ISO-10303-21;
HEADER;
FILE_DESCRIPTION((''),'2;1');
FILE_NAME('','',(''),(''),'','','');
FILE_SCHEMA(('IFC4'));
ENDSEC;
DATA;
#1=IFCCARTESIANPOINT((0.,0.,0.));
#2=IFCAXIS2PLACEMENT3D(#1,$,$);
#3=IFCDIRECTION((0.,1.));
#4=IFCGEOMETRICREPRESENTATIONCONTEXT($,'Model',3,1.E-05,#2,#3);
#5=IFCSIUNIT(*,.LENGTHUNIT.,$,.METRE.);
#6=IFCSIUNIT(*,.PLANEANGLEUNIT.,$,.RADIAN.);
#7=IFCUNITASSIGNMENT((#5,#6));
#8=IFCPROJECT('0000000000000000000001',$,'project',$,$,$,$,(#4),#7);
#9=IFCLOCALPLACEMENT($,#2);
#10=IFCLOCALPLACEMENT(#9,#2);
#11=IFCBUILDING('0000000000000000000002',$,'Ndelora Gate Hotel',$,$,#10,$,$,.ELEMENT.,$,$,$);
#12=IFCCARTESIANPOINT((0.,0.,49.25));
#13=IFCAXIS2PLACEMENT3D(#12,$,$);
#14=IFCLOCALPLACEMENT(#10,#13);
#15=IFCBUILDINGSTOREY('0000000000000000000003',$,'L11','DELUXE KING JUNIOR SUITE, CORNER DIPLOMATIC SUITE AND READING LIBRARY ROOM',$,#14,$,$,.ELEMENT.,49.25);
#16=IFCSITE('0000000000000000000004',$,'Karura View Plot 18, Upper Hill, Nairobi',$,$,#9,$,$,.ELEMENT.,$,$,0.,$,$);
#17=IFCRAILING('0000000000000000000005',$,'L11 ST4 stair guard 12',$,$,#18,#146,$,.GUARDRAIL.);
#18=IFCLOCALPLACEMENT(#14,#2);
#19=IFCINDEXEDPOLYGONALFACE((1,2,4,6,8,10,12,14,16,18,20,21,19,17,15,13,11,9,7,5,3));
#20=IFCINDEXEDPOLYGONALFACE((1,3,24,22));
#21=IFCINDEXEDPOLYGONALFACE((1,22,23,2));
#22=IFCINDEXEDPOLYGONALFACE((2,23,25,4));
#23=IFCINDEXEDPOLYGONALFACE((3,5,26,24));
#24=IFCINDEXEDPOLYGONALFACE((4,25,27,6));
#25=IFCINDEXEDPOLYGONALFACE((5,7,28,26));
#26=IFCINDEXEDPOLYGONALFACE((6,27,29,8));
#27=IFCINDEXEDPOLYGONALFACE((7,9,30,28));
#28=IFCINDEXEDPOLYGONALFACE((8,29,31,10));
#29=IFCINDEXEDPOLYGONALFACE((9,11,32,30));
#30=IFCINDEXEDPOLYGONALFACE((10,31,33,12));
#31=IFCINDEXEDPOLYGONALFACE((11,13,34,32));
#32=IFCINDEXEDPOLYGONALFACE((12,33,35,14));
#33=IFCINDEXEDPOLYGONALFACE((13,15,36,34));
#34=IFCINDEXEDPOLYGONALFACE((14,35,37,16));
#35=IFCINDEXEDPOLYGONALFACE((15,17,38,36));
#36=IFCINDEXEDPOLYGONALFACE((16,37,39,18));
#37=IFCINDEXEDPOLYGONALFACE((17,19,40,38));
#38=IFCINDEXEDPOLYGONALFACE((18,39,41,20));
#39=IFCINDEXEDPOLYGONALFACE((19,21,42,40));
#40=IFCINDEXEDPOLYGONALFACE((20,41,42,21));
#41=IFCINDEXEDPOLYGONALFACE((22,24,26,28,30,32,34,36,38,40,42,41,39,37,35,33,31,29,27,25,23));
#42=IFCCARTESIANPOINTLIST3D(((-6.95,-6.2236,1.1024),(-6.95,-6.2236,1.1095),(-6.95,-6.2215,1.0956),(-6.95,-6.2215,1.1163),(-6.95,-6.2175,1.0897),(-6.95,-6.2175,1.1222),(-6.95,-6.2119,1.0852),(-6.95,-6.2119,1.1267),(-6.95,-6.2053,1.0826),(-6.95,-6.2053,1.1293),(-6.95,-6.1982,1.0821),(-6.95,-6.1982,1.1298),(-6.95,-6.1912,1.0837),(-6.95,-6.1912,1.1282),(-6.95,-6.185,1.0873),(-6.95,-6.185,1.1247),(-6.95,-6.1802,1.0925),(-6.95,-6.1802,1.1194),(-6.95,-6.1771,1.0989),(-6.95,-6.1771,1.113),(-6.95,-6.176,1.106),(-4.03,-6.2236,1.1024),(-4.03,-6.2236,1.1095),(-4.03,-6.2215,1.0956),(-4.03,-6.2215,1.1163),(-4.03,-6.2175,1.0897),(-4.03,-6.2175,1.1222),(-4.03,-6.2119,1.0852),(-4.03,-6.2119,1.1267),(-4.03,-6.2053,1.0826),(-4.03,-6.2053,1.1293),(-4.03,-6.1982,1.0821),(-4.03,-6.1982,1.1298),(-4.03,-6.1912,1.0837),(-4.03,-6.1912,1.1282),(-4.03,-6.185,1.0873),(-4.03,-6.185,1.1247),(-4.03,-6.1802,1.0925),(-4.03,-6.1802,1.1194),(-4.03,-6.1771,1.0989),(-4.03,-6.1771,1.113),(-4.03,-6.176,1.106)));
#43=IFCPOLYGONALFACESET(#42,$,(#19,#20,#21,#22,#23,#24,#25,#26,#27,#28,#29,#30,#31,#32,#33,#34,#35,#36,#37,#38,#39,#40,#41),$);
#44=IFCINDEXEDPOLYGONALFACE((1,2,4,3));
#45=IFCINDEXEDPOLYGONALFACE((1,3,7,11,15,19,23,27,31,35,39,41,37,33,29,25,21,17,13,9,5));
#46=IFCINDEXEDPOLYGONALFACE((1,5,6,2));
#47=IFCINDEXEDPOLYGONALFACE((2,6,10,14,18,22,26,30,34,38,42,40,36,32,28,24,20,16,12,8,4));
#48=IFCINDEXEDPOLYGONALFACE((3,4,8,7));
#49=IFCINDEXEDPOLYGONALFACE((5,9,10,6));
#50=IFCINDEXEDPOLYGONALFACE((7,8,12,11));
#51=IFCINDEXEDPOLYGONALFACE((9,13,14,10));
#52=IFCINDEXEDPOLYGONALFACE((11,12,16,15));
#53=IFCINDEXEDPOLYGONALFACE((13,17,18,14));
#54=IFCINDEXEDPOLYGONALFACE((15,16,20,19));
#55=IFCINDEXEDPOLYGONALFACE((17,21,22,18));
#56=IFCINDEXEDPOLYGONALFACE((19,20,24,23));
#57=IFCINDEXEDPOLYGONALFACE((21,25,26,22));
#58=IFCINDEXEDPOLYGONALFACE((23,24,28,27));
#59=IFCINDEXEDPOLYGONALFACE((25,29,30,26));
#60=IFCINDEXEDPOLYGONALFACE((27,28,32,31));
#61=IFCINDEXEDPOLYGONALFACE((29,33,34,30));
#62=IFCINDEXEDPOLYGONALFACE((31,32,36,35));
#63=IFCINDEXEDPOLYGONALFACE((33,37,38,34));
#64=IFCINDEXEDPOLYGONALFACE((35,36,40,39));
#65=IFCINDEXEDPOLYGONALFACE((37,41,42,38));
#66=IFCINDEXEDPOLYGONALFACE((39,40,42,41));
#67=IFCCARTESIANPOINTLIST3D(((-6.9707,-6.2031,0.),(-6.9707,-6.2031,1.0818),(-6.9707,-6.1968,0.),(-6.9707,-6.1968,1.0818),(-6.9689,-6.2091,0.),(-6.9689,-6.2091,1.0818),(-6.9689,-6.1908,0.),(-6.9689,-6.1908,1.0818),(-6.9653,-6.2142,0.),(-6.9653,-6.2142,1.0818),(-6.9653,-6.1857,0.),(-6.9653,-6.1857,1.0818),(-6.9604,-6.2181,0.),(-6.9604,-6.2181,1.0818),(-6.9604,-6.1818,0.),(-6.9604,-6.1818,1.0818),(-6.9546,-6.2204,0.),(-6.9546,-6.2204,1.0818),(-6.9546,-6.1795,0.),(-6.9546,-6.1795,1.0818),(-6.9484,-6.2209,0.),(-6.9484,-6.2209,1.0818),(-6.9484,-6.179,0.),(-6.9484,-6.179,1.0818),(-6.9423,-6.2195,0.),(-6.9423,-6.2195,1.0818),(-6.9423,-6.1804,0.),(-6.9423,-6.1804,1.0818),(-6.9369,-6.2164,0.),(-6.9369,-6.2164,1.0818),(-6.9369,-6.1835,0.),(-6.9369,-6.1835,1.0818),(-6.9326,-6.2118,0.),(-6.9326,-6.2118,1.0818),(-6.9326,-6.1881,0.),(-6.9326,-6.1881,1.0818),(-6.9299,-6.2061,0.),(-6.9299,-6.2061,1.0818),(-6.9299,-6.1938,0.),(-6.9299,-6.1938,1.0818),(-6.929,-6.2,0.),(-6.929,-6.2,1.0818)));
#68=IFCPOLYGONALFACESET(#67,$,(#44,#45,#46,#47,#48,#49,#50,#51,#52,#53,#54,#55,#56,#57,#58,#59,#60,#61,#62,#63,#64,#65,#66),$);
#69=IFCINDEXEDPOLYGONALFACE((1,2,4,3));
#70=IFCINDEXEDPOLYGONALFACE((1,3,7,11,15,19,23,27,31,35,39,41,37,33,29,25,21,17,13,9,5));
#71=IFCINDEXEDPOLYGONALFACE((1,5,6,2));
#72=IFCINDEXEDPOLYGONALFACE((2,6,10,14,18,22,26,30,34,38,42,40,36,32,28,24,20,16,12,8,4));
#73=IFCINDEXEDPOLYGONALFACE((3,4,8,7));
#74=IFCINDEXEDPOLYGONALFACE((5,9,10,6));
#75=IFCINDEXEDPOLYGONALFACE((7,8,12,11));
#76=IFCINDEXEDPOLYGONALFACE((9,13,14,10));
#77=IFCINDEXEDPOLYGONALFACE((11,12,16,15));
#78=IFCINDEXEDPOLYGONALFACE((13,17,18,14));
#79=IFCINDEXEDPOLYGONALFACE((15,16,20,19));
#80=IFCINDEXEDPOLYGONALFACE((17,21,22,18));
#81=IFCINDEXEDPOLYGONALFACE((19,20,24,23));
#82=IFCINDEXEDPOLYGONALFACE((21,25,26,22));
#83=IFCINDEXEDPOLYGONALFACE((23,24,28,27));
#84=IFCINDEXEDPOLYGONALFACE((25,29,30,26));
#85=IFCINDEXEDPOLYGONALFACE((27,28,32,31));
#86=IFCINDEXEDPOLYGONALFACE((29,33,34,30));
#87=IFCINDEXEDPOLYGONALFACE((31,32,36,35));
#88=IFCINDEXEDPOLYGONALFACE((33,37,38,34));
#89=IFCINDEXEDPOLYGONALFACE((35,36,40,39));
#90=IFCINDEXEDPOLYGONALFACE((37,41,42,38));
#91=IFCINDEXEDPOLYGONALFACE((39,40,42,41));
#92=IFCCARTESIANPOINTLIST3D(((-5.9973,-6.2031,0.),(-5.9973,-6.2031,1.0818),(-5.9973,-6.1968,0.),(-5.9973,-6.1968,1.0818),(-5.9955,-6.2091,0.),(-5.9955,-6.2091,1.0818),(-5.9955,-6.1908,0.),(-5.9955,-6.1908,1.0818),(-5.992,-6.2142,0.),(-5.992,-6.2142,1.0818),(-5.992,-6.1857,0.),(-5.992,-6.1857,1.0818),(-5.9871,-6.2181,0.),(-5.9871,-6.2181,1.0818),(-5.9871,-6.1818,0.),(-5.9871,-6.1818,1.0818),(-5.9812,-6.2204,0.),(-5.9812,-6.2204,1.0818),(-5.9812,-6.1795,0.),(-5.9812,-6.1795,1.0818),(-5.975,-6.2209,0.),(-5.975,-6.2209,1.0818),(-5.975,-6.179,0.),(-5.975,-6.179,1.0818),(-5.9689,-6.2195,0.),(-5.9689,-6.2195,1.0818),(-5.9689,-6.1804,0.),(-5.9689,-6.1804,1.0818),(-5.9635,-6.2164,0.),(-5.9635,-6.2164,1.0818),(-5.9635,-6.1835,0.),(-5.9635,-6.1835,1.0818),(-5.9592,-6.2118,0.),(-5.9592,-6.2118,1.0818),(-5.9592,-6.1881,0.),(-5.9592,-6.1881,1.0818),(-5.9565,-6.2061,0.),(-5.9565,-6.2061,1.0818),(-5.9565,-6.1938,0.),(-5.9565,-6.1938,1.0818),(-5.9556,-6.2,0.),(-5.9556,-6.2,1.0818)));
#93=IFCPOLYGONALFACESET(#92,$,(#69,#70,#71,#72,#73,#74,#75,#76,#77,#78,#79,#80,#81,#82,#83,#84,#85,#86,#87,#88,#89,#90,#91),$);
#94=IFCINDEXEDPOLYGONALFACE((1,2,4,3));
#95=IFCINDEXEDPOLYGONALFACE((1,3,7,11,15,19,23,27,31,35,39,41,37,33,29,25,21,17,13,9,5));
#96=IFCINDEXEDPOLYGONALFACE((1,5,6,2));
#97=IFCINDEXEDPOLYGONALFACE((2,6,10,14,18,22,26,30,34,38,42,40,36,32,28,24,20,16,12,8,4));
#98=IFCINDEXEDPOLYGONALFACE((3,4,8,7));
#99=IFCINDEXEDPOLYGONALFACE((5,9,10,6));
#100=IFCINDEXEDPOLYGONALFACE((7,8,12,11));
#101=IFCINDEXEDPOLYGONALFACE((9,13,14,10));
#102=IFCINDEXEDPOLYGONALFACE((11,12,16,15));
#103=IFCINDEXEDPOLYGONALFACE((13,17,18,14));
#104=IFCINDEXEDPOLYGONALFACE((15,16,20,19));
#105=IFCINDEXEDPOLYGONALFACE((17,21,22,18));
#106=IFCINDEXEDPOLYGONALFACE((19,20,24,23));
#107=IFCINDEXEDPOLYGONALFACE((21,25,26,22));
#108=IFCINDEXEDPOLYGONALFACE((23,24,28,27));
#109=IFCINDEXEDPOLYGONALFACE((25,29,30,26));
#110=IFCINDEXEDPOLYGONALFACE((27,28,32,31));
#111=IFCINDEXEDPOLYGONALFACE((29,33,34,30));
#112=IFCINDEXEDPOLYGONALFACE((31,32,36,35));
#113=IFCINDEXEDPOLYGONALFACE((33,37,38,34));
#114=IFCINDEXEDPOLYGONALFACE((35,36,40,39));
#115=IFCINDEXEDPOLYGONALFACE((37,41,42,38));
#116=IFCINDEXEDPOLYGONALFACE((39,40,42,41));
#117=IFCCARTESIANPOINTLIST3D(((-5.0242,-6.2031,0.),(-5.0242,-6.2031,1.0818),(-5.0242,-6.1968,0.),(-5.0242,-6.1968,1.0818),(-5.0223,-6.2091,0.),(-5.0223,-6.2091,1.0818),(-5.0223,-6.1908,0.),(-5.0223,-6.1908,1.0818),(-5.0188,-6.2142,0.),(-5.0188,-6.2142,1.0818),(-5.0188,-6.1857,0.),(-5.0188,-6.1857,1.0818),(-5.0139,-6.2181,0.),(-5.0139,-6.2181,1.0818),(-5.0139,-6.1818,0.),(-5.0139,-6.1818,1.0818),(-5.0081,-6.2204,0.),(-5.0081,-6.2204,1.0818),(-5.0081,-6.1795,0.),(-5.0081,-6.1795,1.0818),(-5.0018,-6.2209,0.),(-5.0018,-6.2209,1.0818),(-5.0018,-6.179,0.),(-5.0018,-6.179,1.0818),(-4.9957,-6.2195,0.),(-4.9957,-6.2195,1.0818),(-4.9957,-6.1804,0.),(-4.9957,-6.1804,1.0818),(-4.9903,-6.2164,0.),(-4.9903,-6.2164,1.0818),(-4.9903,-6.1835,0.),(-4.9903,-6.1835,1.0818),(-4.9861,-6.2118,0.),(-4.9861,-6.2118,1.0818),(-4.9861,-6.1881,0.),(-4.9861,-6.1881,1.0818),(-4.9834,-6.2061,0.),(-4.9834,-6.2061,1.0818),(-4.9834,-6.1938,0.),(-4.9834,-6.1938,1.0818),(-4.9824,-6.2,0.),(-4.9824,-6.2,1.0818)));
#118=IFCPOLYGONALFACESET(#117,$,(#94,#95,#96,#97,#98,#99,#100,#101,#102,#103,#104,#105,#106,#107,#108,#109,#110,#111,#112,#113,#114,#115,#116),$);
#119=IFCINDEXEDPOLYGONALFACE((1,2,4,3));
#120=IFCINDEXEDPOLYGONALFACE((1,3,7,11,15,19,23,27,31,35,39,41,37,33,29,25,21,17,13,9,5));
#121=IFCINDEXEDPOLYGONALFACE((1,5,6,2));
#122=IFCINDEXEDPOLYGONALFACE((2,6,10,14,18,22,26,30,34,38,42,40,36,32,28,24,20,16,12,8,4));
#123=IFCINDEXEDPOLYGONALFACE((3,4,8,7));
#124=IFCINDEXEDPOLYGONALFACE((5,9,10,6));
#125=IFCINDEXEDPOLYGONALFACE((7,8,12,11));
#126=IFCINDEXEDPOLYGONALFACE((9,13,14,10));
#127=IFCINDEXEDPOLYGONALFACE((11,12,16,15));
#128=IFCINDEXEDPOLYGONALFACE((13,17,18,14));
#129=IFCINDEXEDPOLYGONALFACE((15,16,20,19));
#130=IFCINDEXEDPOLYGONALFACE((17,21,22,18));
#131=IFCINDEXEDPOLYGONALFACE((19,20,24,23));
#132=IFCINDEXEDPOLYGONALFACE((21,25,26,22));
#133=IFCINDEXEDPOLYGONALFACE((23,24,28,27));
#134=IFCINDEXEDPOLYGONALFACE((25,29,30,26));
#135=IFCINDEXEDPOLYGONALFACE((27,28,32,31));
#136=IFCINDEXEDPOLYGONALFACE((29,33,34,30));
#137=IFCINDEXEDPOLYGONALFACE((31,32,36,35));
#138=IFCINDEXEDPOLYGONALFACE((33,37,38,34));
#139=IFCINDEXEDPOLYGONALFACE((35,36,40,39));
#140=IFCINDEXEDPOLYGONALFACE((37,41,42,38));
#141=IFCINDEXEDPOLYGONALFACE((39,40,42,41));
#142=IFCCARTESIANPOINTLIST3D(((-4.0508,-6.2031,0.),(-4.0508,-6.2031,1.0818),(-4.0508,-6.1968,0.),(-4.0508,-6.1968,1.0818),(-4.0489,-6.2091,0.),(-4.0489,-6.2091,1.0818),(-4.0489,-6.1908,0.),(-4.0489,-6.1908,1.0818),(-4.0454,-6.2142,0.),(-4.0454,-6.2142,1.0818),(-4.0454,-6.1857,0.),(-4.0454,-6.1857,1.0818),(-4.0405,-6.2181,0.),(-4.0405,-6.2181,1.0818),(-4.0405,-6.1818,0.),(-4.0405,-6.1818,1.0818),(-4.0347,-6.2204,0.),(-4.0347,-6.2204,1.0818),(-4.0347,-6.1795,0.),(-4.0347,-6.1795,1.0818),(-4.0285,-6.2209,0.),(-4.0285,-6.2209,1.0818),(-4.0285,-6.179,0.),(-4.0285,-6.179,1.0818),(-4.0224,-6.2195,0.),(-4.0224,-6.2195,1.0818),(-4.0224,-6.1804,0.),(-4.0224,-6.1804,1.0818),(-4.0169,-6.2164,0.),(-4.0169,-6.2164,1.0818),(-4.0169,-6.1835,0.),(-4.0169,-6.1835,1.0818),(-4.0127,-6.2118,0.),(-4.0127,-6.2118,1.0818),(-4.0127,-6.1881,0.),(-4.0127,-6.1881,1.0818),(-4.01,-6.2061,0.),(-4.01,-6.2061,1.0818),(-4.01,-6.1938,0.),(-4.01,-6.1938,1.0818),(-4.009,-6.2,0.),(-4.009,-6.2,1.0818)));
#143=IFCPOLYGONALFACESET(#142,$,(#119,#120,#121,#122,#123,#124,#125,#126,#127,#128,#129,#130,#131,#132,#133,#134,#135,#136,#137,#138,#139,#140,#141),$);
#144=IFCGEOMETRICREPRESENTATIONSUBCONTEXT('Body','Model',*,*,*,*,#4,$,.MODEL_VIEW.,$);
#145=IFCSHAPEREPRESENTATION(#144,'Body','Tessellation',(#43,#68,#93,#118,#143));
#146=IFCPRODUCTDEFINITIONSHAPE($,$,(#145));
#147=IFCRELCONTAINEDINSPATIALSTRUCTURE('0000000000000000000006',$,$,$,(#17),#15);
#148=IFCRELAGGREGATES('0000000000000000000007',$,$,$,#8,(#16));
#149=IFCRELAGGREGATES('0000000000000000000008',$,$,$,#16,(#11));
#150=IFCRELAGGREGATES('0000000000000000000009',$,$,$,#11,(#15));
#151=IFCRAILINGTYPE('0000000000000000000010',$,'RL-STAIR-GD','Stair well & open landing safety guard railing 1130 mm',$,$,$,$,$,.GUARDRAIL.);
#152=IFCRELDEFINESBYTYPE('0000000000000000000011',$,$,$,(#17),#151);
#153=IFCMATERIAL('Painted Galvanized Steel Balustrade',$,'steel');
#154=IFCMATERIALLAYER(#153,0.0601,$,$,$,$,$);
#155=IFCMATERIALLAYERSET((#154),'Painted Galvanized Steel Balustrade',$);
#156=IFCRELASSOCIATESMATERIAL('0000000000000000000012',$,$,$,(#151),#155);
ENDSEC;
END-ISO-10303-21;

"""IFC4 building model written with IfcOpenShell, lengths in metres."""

from ifc_helpers import new_model, si_unit, direction, frame, origin, origin_2d, place, context, subcontext, project, spatial, circle, extrude, material, layer, layer_set, type_object, element, save


model = new_model("IFC4")

# Units and contexts
model_context = context("Model", 3, precision=1e-05, world=origin(), true_north=direction((0.0, 1.0)))
body_context = subcontext(model_context, "Body", "Model", "MODEL_VIEW")
ifc_project = project(units=[si_unit("LENGTHUNIT", "METRE"), si_unit("PLANEANGLEUNIT", "RADIAN")], contexts=[model_context])

# Site, building, storey
site_placement = place(None, origin())
site = spatial("IfcSite", under=ifc_project, at=site_placement, Name="Karura View Plot 18, Upper Hill, Nairobi", CompositionType="ELEMENT", RefElevation=0.0)
building_placement = place(site_placement, origin())
building = spatial("IfcBuilding", under=site, at=building_placement, Name="Ndelora Gate Hotel", CompositionType="ELEMENT")
storey_placement = place(building_placement, frame((0.0, 0.0, 49.25)))
storey = spatial("IfcBuildingStorey", under=building, at=storey_placement, Name="L11", Description="DELUXE KING JUNIOR SUITE, CORNER DIPLOMATIC SUITE AND READING LIBRARY ROOM", CompositionType="ELEMENT", Elevation=49.25)

# Railing
ifc_material_1 = material(Name="Painted Galvanized Steel Balustrade", Category="steel")
ifc_layer_1 = layer(ifc_material_1, 0.0601)
ifc_layer_set_1 = layer_set([ifc_layer_1], Name="Painted Galvanized Steel Balustrade")
railing_type = type_object("IfcRailingType", Name="RL-STAIR-GD", Description="Stair well & open landing safety guard railing 1130 mm", PredefinedType="GUARDRAIL", material=ifc_layer_set_1)
railing_1_placement = place(storey_placement, frame((-6.95, -6.2, 0.0)))
element("IfcRailing", 1, at=railing_1_placement, inside=storey, type_object=railing_type, Name="L11 ST4 stair guard 12", PredefinedType="GUARDRAIL", context=body_context, shape_type="SweptSolid", body=[
    extrude(circle(Radius=0.0239, at=origin_2d()), frame((0.0, 0.0, 1.106), z_axis=(1.0, 0.0, 0.0), x_axis=(0.0, 1.0, 0.0)), (0.0, 0.0, 1.0), 2.9199),
    extrude(circle(Radius=0.021, at=origin_2d()), origin(), (0.0, 0.0, 1.0), 1.0818),
    extrude(circle(Radius=0.021, at=origin_2d()), frame((0.9734, 0.0, 0.0)), (0.0, 0.0, 1.0), 1.0818),
    extrude(circle(Radius=0.021, at=origin_2d()), frame((1.9465, 0.0, 0.0)), (0.0, 0.0, 1.0), 1.0818),
    extrude(circle(Radius=0.021, at=origin_2d()), frame((2.9199, 0.0, 0.0)), (0.0, 0.0, 1.0), 1.0818),
])

save(model, "model.ifc")
